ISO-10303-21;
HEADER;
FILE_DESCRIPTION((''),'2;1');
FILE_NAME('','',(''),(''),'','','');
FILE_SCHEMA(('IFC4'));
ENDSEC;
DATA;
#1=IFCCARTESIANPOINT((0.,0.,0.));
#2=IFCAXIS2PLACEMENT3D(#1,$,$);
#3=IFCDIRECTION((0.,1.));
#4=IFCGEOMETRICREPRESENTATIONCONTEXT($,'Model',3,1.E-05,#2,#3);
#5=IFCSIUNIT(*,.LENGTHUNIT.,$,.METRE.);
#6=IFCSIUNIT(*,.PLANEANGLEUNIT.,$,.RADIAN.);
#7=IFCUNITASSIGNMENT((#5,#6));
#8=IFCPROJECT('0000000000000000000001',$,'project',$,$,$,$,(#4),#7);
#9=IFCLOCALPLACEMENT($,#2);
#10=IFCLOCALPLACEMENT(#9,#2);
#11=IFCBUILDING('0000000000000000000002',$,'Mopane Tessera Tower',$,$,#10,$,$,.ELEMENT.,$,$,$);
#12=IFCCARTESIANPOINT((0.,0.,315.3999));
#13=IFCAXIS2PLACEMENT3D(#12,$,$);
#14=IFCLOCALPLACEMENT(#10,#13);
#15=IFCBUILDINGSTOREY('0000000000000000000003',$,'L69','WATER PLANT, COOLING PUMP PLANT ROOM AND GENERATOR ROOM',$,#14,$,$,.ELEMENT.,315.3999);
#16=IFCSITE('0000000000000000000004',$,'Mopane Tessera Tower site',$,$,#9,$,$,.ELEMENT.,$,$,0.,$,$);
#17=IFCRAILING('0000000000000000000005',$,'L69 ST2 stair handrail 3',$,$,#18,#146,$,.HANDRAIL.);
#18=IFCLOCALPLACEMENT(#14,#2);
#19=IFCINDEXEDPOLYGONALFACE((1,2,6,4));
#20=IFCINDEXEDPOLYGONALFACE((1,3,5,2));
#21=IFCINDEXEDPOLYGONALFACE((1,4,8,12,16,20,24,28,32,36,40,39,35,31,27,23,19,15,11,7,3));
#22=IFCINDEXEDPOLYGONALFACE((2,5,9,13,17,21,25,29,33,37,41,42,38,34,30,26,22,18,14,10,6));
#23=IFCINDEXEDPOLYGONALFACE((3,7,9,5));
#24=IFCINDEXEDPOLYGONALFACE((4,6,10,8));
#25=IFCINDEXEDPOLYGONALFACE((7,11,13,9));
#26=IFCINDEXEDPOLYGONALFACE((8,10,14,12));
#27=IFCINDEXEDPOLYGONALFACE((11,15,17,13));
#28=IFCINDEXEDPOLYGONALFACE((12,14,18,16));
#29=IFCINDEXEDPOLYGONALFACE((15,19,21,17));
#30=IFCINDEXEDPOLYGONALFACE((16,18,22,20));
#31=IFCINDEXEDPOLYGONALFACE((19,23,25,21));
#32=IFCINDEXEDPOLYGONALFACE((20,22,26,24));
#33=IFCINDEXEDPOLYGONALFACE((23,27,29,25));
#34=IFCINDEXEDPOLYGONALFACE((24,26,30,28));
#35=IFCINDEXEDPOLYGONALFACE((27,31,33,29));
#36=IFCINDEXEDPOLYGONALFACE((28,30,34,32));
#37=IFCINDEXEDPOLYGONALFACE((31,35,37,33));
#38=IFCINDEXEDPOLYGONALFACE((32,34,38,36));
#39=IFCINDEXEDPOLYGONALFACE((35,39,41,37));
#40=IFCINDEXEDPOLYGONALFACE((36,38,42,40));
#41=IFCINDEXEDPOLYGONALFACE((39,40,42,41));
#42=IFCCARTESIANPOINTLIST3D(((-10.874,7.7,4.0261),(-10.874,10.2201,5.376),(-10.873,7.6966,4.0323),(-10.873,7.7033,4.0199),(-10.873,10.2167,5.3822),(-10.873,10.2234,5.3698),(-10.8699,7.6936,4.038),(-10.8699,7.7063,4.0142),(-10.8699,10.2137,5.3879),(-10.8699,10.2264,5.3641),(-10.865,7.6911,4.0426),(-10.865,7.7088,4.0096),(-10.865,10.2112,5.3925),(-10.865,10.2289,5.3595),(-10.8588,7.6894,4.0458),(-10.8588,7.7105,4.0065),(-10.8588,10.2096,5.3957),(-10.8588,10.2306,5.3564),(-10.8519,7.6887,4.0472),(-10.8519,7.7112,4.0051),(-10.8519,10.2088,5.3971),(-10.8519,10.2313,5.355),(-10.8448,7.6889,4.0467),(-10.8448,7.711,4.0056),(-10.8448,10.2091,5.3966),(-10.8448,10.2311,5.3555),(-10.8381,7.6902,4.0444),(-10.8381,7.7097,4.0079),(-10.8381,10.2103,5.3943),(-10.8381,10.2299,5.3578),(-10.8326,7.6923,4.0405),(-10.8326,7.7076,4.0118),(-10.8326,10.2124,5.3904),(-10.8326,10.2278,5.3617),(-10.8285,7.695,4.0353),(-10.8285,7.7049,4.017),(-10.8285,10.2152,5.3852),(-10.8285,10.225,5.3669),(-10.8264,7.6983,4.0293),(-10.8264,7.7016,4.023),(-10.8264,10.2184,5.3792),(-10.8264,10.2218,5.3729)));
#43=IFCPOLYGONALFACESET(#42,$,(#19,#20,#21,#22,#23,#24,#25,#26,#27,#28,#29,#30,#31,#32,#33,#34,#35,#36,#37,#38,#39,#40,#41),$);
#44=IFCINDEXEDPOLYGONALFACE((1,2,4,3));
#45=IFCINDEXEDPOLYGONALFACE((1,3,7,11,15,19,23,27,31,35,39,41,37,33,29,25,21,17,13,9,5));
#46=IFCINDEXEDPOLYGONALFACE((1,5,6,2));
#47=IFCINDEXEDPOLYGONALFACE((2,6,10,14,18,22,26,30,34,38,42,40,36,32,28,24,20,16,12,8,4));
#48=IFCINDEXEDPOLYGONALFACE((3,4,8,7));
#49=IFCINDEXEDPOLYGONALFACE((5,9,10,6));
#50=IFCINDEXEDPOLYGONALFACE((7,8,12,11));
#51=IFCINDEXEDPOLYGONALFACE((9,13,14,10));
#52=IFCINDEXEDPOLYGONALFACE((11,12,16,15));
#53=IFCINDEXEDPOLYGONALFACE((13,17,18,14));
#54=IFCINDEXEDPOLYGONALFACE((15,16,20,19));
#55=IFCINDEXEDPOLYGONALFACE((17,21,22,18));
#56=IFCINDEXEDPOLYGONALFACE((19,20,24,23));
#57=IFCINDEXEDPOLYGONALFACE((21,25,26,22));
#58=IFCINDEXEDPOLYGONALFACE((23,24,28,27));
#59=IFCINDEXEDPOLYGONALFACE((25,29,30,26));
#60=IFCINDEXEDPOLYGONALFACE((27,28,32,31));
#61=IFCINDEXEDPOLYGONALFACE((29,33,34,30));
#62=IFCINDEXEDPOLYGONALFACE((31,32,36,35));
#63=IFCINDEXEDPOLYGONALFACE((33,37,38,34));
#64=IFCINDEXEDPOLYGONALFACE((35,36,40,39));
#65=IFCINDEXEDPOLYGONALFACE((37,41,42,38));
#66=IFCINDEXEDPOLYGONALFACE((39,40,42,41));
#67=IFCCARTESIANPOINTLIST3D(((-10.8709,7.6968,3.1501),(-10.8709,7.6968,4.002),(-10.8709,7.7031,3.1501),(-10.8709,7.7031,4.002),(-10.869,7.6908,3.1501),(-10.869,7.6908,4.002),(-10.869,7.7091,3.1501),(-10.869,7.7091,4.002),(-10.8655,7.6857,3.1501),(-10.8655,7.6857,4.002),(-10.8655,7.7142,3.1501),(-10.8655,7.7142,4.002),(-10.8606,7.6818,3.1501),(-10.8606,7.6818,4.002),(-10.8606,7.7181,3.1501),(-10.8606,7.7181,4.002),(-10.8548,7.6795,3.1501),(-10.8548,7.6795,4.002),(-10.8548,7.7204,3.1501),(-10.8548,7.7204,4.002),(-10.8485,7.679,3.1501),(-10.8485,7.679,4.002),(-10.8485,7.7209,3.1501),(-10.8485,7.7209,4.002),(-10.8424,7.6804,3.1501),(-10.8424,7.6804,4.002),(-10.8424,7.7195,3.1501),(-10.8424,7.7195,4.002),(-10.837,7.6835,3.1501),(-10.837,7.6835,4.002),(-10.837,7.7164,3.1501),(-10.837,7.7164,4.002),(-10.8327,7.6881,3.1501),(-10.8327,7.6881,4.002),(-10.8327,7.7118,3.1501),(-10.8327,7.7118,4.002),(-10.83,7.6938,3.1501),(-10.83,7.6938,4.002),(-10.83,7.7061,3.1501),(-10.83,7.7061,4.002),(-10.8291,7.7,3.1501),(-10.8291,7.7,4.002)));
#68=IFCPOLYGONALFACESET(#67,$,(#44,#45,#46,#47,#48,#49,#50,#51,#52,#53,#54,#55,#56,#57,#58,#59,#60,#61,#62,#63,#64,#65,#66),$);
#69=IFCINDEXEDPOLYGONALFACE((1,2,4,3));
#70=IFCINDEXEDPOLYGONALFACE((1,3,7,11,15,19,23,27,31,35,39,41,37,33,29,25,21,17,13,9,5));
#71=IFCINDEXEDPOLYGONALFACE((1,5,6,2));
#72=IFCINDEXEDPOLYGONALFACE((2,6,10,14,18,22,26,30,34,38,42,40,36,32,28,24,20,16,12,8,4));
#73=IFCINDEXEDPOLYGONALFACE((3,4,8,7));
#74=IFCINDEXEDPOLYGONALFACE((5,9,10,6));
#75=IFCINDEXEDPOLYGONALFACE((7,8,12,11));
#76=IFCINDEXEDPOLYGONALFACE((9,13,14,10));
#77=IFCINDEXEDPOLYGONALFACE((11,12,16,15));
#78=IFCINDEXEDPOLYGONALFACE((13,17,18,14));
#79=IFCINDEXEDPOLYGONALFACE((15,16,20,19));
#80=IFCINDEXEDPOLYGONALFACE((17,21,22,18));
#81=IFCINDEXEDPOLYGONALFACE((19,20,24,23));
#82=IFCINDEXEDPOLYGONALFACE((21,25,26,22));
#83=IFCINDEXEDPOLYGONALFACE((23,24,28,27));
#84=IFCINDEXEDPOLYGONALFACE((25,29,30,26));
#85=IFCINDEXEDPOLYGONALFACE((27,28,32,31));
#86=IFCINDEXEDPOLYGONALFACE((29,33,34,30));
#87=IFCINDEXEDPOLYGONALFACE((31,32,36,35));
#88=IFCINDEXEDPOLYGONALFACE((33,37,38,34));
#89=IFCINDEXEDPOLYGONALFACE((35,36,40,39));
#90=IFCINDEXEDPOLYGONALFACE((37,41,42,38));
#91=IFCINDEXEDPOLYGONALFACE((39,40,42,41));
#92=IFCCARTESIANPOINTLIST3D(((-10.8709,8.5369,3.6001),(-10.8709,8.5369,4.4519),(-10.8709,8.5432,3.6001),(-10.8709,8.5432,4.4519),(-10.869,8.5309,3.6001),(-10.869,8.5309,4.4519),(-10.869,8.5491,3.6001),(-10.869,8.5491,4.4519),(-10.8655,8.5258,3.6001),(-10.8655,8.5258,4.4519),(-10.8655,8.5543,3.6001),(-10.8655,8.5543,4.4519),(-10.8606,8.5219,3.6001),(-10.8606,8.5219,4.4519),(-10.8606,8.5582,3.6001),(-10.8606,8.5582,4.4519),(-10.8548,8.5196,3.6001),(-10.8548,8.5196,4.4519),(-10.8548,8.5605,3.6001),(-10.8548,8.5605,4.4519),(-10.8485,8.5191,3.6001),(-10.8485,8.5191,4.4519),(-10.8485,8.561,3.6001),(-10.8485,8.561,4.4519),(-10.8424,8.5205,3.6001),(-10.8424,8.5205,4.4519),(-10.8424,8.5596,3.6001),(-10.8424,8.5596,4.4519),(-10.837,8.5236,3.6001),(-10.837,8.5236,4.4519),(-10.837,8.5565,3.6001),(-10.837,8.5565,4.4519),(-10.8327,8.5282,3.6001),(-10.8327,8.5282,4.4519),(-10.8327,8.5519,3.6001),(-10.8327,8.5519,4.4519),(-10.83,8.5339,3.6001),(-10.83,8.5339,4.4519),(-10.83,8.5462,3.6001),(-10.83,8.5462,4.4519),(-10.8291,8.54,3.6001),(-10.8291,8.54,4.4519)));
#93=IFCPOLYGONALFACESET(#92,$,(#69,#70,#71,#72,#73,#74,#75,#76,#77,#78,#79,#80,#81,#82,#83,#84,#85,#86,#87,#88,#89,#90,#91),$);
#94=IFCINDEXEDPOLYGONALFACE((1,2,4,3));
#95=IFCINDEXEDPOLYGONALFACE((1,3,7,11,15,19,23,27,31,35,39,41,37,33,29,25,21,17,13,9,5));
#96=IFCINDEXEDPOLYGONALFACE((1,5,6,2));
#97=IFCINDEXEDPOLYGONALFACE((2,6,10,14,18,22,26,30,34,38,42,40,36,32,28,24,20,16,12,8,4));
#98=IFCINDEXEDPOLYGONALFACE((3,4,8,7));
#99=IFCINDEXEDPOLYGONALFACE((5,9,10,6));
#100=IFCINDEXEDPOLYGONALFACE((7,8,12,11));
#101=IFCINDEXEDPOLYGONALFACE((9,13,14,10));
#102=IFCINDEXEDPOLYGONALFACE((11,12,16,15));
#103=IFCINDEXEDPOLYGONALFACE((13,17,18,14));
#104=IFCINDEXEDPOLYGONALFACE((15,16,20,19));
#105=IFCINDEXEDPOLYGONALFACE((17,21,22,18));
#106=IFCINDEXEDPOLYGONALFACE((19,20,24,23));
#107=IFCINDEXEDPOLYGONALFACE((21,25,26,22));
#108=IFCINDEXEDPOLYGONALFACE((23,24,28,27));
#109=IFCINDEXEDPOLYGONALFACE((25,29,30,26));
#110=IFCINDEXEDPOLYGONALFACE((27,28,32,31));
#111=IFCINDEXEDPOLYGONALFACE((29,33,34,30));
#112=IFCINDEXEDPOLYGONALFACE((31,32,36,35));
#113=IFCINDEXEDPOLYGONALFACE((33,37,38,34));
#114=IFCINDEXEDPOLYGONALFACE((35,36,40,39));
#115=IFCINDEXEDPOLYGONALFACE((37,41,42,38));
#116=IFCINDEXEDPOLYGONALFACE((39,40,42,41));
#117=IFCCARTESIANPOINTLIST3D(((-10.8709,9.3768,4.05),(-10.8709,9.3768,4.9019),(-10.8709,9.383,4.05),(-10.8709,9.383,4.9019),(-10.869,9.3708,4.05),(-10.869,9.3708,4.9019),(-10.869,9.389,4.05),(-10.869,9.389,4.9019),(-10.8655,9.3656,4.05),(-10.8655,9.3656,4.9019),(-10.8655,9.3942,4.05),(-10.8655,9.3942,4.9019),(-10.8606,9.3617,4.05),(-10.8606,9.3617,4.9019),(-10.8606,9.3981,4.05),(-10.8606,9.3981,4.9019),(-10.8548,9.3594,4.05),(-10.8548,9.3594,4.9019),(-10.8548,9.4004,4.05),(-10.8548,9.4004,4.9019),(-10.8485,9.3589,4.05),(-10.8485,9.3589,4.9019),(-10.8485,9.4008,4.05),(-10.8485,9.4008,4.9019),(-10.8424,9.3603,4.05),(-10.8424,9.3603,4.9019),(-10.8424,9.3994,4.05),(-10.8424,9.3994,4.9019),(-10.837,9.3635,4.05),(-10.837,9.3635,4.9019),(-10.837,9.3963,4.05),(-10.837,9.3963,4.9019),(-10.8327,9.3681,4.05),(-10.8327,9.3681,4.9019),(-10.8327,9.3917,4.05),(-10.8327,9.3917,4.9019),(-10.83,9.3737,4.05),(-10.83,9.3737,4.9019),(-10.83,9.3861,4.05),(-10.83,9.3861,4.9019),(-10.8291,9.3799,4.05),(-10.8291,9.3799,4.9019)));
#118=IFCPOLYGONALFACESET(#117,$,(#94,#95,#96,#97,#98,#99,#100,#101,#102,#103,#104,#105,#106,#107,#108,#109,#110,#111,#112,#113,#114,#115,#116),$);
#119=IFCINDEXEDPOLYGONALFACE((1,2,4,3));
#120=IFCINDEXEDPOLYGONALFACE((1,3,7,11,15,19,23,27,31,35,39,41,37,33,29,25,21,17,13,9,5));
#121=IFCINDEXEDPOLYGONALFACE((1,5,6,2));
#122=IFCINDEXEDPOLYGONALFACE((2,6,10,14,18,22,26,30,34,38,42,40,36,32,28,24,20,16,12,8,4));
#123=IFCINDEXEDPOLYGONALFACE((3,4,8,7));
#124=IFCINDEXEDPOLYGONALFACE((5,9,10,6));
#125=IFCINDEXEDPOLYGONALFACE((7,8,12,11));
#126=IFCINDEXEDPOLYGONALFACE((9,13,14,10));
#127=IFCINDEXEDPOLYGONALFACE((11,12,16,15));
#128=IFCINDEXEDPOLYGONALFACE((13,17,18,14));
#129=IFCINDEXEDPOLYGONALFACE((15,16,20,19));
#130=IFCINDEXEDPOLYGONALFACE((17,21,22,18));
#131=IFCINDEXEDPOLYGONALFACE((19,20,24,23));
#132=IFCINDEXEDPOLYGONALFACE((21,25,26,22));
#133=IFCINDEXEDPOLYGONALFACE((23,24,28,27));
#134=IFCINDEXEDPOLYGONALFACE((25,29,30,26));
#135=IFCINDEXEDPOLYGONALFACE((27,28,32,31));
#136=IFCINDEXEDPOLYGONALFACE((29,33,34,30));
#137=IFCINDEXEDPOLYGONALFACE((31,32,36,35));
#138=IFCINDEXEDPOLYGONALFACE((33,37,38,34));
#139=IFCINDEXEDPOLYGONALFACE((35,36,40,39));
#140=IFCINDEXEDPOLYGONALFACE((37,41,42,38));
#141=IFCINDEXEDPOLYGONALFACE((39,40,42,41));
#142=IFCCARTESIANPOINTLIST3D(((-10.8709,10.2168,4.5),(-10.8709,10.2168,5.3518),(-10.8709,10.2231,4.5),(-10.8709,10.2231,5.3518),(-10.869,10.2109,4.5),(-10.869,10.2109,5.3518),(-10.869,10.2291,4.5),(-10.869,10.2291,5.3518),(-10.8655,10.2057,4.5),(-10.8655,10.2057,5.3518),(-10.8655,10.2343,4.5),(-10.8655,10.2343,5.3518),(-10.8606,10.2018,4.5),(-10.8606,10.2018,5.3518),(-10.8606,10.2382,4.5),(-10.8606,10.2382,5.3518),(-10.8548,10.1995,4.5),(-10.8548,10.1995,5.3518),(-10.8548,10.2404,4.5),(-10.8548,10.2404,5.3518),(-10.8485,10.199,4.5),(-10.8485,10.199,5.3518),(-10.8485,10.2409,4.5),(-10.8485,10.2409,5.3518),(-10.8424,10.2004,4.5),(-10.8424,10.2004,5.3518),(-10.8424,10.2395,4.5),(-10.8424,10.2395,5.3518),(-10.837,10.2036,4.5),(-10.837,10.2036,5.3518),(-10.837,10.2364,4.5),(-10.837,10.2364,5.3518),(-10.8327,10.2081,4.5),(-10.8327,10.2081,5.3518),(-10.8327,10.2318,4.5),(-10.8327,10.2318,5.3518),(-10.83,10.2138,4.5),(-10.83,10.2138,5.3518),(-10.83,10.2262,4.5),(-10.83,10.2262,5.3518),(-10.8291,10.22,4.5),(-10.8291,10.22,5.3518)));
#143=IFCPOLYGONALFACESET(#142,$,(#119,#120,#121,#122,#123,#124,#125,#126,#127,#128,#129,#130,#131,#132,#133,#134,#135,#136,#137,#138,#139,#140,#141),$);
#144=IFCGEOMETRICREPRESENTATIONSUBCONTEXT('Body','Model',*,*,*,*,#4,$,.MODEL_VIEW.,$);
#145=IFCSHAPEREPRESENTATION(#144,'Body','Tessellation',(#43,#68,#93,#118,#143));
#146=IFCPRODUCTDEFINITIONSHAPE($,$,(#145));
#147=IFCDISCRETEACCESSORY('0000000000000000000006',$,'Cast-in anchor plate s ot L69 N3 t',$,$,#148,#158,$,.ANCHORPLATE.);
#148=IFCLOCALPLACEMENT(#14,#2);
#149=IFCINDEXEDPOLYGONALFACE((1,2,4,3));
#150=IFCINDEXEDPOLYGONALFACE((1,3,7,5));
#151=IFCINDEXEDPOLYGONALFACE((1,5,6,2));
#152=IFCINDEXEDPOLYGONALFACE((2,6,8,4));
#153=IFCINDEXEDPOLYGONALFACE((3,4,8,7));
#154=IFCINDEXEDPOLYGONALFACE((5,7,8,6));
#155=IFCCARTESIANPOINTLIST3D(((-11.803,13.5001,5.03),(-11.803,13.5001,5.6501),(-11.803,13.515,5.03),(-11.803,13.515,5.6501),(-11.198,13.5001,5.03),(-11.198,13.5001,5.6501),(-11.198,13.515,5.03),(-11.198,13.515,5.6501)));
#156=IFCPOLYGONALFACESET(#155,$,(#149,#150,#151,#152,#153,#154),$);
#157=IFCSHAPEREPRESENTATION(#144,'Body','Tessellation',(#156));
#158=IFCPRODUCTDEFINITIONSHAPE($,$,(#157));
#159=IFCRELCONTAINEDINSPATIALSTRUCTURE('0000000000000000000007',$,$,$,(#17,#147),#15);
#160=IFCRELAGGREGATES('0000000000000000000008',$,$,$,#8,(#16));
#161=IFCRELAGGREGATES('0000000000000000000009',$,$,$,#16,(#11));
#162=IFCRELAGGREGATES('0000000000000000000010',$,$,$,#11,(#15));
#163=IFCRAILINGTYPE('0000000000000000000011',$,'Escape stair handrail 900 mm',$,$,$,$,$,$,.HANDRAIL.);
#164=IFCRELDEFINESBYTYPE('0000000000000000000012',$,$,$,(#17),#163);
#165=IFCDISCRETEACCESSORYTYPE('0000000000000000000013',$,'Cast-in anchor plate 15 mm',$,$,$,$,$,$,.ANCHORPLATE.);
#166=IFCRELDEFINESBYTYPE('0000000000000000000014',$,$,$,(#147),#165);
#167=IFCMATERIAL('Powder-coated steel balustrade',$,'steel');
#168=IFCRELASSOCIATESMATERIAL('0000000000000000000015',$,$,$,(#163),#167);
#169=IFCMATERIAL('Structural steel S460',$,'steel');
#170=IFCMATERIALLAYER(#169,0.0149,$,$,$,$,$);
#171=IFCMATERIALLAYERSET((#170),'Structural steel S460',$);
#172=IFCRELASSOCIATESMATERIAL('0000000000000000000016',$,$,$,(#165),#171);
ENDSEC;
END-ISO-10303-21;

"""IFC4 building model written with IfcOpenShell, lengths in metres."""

from ifc_helpers import new_model, si_unit, direction, frame, origin, origin_2d, place, context, subcontext, project, spatial, rectangle, circle, extrude, material, layer, layer_set, type_object, element, save


model = new_model("IFC4")

# Units and contexts
model_context = context("Model", 3, precision=1e-05, world=origin(), true_north=direction((0.0, 1.0)))
body_context = subcontext(model_context, "Body", "Model", "MODEL_VIEW")
ifc_project = project(units=[si_unit("LENGTHUNIT", "METRE"), si_unit("PLANEANGLEUNIT", "RADIAN")], contexts=[model_context])

# Site, building, storey
site_placement = place(None, origin())
site = spatial("IfcSite", under=ifc_project, at=site_placement, Name="Mopane Tessera Tower site", CompositionType="ELEMENT", RefElevation=0.0)
building_placement = place(site_placement, origin())
building = spatial("IfcBuilding", under=site, at=building_placement, Name="Mopane Tessera Tower", CompositionType="ELEMENT")
storey_placement = place(building_placement, frame((0.0, 0.0, 315.3999)))
storey = spatial("IfcBuildingStorey", under=building, at=storey_placement, Name="L69", Description="WATER PLANT, COOLING PUMP PLANT ROOM AND GENERATOR ROOM", CompositionType="ELEMENT", Elevation=315.3999)

# Railing
ifc_material_1 = material(Name="Powder-coated steel balustrade", Category="steel")
railing_type = type_object("IfcRailingType", Name="Escape stair handrail 900 mm", PredefinedType="HANDRAIL", material=ifc_material_1)
for number, where, name in (
    (1, (-10.8501, 7.7, 3.1501), "L69 ST2 stair handrail 3"),
):
    element("IfcRailing", number, at=place(storey_placement, frame(where)), inside=storey, type_object=railing_type, Name=name, PredefinedType="HANDRAIL", context=body_context, shape_type="SweptSolid", body=[
        extrude(circle(Radius=0.0239, at=origin_2d()), frame((0.0, 0.0, 0.876), z_axis=(0.0, 0.881503, 0.472179), x_axis=(-1.0, 0.0, 0.0)), (0.0, 0.0, 1.0), 2.8589),
        extrude(circle(Radius=0.021, at=origin_2d()), origin(), (0.0, 0.0, 1.0), 0.8518),
        extrude(circle(Radius=0.021, at=origin_2d()), frame((0.0, 0.8401, 0.45)), (0.0, 0.0, 1.0), 0.8518),
        extrude(circle(Radius=0.021, at=origin_2d()), frame((0.0, 1.6799, 0.8999)), (0.0, 0.0, 1.0), 0.8518),
        extrude(circle(Radius=0.021, at=origin_2d()), frame((0.0, 2.52, 1.3499)), (0.0, 0.0, 1.0), 0.8518),
    ])

# Discrete accessory
ifc_material_2 = material(Name="Structural steel S460", Category="steel")
ifc_layer_1 = layer(ifc_material_2, 0.0149)
ifc_layer_set_1 = layer_set([ifc_layer_1], Name="Structural steel S460")
discrete_accessory_type = type_object("IfcDiscreteAccessoryType", Name="Cast-in anchor plate 15 mm", PredefinedType="ANCHORPLATE", material=ifc_layer_set_1)
discrete_accessory_placement = place(storey_placement, frame((-11.5005, 13.5076, 5.03), z_axis=(0.0, 0.0, 1.0), x_axis=(0.0, 1.0, 0.0)))
element("IfcDiscreteAccessory", 2, at=discrete_accessory_placement, inside=storey, type_object=discrete_accessory_type, Name="Cast-in anchor plate s ot L69 N3 t", PredefinedType="ANCHORPLATE", context=body_context, shape_type="SweptSolid", body=[
    extrude(rectangle(XDim=0.0149, YDim=0.605, at=origin_2d()), origin(), (0.0, 0.0, 1.0), 0.6201),
])

save(model, "model.ifc")
